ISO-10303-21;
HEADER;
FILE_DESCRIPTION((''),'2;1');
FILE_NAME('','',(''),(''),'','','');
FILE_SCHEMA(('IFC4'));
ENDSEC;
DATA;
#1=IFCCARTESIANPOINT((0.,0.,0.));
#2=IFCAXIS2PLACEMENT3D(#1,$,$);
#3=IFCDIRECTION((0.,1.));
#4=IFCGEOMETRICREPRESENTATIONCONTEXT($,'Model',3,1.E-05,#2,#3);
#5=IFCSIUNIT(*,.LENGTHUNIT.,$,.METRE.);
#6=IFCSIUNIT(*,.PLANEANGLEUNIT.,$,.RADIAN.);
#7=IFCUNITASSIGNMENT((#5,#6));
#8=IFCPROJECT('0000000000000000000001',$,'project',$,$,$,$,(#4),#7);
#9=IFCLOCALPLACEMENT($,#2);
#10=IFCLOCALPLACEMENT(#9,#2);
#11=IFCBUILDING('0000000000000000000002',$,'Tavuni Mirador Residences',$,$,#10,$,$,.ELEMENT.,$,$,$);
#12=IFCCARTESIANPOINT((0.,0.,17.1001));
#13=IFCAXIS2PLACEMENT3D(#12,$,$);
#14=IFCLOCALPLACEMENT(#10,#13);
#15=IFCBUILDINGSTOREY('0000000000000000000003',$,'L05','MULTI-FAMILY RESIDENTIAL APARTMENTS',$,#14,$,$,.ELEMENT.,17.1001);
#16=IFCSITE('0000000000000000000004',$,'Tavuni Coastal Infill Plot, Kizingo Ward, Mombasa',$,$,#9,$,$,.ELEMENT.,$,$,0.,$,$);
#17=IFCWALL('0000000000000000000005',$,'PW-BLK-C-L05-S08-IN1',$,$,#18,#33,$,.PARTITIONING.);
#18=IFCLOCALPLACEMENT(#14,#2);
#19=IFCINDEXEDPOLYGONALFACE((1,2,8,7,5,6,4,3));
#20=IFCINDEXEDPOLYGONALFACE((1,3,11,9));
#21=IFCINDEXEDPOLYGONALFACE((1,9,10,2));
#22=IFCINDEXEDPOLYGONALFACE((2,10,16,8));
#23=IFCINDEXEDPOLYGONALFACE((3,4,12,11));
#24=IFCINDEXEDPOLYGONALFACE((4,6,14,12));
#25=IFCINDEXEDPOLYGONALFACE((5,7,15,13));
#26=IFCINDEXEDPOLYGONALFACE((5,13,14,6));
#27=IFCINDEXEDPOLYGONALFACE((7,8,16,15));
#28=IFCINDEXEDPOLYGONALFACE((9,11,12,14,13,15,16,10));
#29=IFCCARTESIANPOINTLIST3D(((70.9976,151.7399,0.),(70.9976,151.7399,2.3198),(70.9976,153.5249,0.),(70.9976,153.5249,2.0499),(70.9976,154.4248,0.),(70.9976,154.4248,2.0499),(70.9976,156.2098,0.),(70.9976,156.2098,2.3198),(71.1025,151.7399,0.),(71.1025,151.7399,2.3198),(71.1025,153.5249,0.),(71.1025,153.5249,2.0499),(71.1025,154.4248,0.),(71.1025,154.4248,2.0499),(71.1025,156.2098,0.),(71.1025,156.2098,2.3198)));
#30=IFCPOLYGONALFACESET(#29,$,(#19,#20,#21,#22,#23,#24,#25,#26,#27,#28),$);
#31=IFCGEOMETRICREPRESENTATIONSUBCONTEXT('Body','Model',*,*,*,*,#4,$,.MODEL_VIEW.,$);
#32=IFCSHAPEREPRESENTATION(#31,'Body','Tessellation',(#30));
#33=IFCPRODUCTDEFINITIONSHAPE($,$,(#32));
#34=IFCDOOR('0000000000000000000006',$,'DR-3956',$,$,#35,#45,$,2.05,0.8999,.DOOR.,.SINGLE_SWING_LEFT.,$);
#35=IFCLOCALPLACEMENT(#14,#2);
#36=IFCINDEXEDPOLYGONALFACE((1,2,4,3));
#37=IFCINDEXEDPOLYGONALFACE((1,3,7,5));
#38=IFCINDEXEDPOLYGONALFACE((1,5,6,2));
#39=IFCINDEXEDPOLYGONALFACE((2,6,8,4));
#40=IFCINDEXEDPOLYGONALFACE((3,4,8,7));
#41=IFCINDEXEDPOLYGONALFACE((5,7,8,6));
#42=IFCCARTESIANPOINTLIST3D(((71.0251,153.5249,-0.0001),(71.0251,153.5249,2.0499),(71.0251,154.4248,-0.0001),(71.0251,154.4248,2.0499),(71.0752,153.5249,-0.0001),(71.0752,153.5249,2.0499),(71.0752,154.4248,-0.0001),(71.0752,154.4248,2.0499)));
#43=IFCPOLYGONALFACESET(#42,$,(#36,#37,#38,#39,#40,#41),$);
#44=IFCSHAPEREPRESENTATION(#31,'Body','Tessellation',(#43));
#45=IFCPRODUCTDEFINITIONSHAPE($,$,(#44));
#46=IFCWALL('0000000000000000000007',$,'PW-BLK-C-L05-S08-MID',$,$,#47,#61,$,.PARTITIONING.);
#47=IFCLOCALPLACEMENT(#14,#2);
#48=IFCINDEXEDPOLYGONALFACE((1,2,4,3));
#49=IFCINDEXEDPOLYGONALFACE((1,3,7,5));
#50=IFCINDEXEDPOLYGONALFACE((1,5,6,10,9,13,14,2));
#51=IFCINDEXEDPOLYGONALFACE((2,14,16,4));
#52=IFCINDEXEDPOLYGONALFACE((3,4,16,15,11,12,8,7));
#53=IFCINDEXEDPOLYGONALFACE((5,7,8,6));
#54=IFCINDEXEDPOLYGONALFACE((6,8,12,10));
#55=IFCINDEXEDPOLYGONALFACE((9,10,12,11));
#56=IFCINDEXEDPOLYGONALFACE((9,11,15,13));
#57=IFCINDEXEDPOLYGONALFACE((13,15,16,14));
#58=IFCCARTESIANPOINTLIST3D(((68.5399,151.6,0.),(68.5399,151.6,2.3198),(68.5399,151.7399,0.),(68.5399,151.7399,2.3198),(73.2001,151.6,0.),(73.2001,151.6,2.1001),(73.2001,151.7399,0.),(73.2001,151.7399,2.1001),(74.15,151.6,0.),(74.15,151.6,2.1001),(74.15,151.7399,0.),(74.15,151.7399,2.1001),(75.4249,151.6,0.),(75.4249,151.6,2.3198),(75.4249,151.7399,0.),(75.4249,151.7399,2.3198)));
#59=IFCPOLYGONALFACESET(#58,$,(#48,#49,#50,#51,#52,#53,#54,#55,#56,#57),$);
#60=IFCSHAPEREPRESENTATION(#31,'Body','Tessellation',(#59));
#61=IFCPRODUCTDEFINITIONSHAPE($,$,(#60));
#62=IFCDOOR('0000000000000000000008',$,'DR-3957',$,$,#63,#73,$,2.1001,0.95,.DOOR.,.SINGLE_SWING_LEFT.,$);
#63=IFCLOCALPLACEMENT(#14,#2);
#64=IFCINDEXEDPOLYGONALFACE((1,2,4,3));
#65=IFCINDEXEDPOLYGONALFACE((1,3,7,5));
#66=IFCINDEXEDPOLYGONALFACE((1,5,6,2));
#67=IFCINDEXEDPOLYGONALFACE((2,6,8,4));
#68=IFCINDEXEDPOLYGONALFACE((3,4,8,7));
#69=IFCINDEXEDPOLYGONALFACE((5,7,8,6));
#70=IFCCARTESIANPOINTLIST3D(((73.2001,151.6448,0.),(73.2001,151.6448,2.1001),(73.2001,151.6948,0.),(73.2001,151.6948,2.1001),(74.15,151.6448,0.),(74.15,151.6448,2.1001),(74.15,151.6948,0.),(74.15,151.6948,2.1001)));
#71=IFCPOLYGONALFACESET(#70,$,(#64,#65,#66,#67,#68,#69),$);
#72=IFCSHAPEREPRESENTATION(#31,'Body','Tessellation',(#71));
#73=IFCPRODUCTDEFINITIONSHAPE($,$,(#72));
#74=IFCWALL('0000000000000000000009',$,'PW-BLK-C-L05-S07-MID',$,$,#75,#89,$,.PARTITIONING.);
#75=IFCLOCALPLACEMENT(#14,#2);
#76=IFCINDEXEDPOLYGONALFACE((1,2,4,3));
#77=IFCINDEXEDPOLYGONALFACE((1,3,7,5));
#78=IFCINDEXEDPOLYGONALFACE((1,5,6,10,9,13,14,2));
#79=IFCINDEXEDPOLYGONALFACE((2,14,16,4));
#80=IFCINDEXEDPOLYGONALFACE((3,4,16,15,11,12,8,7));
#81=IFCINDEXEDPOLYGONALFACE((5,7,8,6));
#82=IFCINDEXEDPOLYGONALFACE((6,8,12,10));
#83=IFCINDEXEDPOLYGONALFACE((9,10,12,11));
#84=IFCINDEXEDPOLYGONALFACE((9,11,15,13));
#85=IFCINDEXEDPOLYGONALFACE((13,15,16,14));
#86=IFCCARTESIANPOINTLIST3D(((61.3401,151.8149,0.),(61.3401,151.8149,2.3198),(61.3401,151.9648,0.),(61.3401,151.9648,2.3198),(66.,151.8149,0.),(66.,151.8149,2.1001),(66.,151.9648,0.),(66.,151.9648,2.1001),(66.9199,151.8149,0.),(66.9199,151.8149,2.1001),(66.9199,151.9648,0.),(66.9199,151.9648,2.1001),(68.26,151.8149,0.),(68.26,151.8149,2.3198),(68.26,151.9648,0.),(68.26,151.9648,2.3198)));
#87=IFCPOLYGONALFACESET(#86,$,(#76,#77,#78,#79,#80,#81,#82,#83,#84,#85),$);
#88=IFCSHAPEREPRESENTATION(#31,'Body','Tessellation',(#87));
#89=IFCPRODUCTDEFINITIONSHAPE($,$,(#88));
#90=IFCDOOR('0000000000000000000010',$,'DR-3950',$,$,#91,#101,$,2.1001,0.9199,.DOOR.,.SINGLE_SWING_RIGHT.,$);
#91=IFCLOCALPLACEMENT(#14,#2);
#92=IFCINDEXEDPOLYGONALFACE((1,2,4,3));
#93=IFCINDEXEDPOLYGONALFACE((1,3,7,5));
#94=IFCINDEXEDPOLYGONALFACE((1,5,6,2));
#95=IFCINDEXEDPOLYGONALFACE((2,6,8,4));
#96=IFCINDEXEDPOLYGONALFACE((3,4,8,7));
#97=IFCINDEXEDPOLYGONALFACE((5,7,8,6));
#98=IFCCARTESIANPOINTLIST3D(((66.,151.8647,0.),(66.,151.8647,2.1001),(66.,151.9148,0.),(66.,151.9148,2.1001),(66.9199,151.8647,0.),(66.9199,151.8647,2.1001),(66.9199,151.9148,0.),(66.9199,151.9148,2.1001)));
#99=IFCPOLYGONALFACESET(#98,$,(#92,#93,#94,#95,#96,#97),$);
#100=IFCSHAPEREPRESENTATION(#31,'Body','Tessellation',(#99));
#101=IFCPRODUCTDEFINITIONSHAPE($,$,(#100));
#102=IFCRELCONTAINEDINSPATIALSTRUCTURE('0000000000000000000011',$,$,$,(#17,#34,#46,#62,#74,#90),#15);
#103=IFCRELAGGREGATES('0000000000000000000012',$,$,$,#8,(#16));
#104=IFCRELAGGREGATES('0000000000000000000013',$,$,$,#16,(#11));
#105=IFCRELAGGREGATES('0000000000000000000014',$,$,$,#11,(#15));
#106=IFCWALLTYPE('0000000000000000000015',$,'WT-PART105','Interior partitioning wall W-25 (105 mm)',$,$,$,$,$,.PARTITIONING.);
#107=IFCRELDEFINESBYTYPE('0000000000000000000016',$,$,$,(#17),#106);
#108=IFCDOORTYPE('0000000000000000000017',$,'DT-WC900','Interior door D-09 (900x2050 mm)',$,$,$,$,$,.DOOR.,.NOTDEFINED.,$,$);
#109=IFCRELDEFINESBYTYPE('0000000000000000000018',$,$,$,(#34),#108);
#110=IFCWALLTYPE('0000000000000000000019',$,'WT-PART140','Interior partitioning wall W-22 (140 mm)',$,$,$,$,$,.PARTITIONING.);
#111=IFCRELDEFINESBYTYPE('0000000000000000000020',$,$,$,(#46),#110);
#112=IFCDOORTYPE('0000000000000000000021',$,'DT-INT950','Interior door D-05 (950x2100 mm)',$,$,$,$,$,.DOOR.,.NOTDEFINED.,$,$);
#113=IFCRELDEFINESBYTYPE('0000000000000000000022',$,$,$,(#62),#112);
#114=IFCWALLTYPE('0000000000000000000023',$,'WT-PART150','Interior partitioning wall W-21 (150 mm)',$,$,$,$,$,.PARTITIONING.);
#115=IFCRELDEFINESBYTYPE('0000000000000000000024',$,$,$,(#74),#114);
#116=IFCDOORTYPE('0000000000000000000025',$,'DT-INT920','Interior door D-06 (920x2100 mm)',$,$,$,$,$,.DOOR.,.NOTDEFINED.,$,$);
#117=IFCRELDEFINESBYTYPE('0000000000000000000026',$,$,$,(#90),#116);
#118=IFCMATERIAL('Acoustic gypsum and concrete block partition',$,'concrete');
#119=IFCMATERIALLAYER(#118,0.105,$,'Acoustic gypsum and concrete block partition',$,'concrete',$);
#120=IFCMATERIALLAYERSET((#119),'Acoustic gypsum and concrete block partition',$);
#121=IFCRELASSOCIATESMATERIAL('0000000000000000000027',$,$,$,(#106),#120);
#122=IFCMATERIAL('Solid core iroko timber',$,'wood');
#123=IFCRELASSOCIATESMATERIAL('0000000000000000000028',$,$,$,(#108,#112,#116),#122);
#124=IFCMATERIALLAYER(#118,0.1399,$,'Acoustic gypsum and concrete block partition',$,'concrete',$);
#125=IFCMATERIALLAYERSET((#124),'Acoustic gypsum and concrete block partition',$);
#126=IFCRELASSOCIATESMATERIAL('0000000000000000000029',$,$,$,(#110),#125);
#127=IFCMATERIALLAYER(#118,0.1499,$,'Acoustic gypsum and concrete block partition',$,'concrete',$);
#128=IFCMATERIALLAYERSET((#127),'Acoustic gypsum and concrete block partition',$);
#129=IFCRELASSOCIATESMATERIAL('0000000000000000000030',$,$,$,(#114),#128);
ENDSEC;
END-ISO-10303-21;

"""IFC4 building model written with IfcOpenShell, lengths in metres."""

from ifc_helpers import new_model, si_unit, direction, frame, frame_2d, origin, place, context, subcontext, project, spatial, rectangle, extrude, material, layer, layer_set, type_object, element, fill, save


model = new_model("IFC4")

# Units and contexts
model_context = context("Model", 3, precision=1e-05, world=origin(), true_north=direction((0.0, 1.0)))
body_context = subcontext(model_context, "Body", "Model", "MODEL_VIEW")
ifc_project = project(units=[si_unit("LENGTHUNIT", "METRE"), si_unit("PLANEANGLEUNIT", "RADIAN")], contexts=[model_context])

# Site, building, storey
site_placement = place(None, origin())
site = spatial("IfcSite", under=ifc_project, at=site_placement, Name="Tavuni Coastal Infill Plot, Kizingo Ward, Mombasa", CompositionType="ELEMENT", RefElevation=0.0)
building_placement = place(site_placement, origin())
building = spatial("IfcBuilding", under=site, at=building_placement, Name="Tavuni Mirador Residences", CompositionType="ELEMENT")
storey_placement = place(building_placement, frame((0.0, 0.0, 17.1001)))
storey = spatial("IfcBuildingStorey", under=building, at=storey_placement, Name="L05", Description="MULTI-FAMILY RESIDENTIAL APARTMENTS", CompositionType="ELEMENT", Elevation=17.1001)

# Walls, openings, doors
ifc_material_1 = material(Name="Solid core iroko timber", Category="wood")
ifc_material_2 = material(Name="Acoustic gypsum and concrete block partition", Category="concrete")
ifc_layer_1 = layer(ifc_material_2, 0.105, Name="Acoustic gypsum and concrete block partition", Category="concrete")
ifc_layer_set_1 = layer_set([ifc_layer_1], Name="Acoustic gypsum and concrete block partition")
wall_type_1 = type_object("IfcWallType", Name="WT-PART105", Description="Interior partitioning wall W-25 (105 mm)", PredefinedType="PARTITIONING", material=ifc_layer_set_1)
wall_1_placement = place(storey_placement, frame((71.05, 151.74, 0.0), z_axis=(0.0, 0.0, 1.0), x_axis=(0.0, 1.0, 0.0)))
wall_1 = element("IfcWall", 1, at=wall_1_placement, inside=storey, type_object=wall_type_1, Name="PW-BLK-C-L05-S08-IN1", PredefinedType="PARTITIONING", context=body_context, shape_type="SweptSolid", body=[
    extrude(rectangle(XDim=4.47, YDim=0.105, at=frame_2d((2.2349, 0.0))), origin(), (0.0, 0.0, 1.0), 2.3198),
])
opening_1_placement = place(wall_1_placement, frame((1.7849, 0.0, 0.0)))
opening_1 = element("IfcOpeningElement", 2, at=opening_1_placement, cuts=wall_1, PredefinedType="OPENING", context=body_context, shape_type="SweptSolid", body=[
    extrude(rectangle(XDim=0.8999, YDim=2.05, at=frame_2d((0.45, 1.0249))), frame((0.0, 0.0625, 0.0), z_axis=(0.0, -1.0, 0.0), x_axis=(1.0, 0.0, 0.0)), (0.0, 0.0, 1.0), 0.125),
])
door_type_1 = type_object("IfcDoorType", Name="DT-WC900", Description="Interior door D-09 (900x2050 mm)", OperationType="NOTDEFINED", PredefinedType="DOOR", material=ifc_material_1)
door_1_placement = place(opening_1_placement, origin())
door_1 = element("IfcDoor", 3, at=door_1_placement, inside=storey, type_object=door_type_1, Name="DR-3956", OperationType="SINGLE_SWING_LEFT", OverallHeight=2.05, OverallWidth=0.8999, PredefinedType="DOOR", context=body_context, shape_type="SweptSolid", body=[
    extrude(rectangle(XDim=0.8999, YDim=2.05, at=frame_2d((0.45, 1.0249))), frame((0.0, 0.0249, 0.0), z_axis=(0.0, -1.0, 0.0), x_axis=(1.0, 0.0, 0.0)), (0.0, 0.0, 1.0), 0.05),
])
fill(opening_1, door_1)
ifc_layer_2 = layer(ifc_material_2, 0.1399, Name="Acoustic gypsum and concrete block partition", Category="concrete")
ifc_layer_set_2 = layer_set([ifc_layer_2], Name="Acoustic gypsum and concrete block partition")
wall_type_2 = type_object("IfcWallType", Name="WT-PART140", Description="Interior partitioning wall W-22 (140 mm)", PredefinedType="PARTITIONING", material=ifc_layer_set_2)
wall_2_placement = place(storey_placement, frame((68.54, 151.6699, 0.0), z_axis=(0.0, 0.0, 1.0), x_axis=(1.0, 0.0, 0.0)))
wall_2 = element("IfcWall", 4, at=wall_2_placement, inside=storey, type_object=wall_type_2, Name="PW-BLK-C-L05-S08-MID", PredefinedType="PARTITIONING", context=body_context, shape_type="SweptSolid", body=[
    extrude(rectangle(XDim=6.885, YDim=0.1399, at=frame_2d((3.4424, 0.0))), origin(), (0.0, 0.0, 1.0), 2.3198),
])
opening_2_placement = place(wall_2_placement, frame((4.6599, 0.0, 0.0)))
opening_2 = element("IfcOpeningElement", 5, at=opening_2_placement, cuts=wall_2, PredefinedType="OPENING", context=body_context, shape_type="SweptSolid", body=[
    extrude(rectangle(XDim=0.95, YDim=2.1001, at=frame_2d((0.4751, 1.05))), frame((0.0, 0.0801, 0.0), z_axis=(0.0, -1.0, 0.0), x_axis=(1.0, 0.0, 0.0)), (0.0, 0.0, 1.0), 0.1599),
])
door_type_2 = type_object("IfcDoorType", Name="DT-INT950", Description="Interior door D-05 (950x2100 mm)", OperationType="NOTDEFINED", PredefinedType="DOOR", material=ifc_material_1)
door_2_placement = place(opening_2_placement, origin())
door_2 = element("IfcDoor", 6, at=door_2_placement, inside=storey, type_object=door_type_2, Name="DR-3957", OperationType="SINGLE_SWING_LEFT", OverallHeight=2.1001, OverallWidth=0.95, PredefinedType="DOOR", context=body_context, shape_type="SweptSolid", body=[
    extrude(rectangle(XDim=0.95, YDim=2.1001, at=frame_2d((0.4751, 1.05))), frame((0.0, 0.0249, 0.0), z_axis=(0.0, -1.0, 0.0), x_axis=(1.0, 0.0, 0.0)), (0.0, 0.0, 1.0), 0.05),
])
fill(opening_2, door_2)
ifc_layer_3 = layer(ifc_material_2, 0.1499, Name="Acoustic gypsum and concrete block partition", Category="concrete")
ifc_layer_set_3 = layer_set([ifc_layer_3], Name="Acoustic gypsum and concrete block partition")
wall_type_3 = type_object("IfcWallType", Name="WT-PART150", Description="Interior partitioning wall W-21 (150 mm)", PredefinedType="PARTITIONING", material=ifc_layer_set_3)
wall_3_placement = place(storey_placement, frame((61.3401, 151.8899, 0.0), z_axis=(0.0, 0.0, 1.0), x_axis=(1.0, 0.0, 0.0)))
wall_3 = element("IfcWall", 7, at=wall_3_placement, inside=storey, type_object=wall_type_3, Name="PW-BLK-C-L05-S07-MID", PredefinedType="PARTITIONING", context=body_context, shape_type="SweptSolid", body=[
    extrude(rectangle(XDim=6.9199, YDim=0.1499, at=frame_2d((3.46, 0.0))), origin(), (0.0, 0.0, 1.0), 2.3198),
])
opening_3_placement = place(wall_3_placement, frame((4.6599, 0.0, 0.0)))
opening_3 = element("IfcOpeningElement", 8, at=opening_3_placement, cuts=wall_3, PredefinedType="OPENING", context=body_context, shape_type="SweptSolid", body=[
    extrude(rectangle(XDim=0.9199, YDim=2.1001, at=frame_2d((0.46, 1.05))), frame((0.0, 0.085, 0.0), z_axis=(0.0, -1.0, 0.0), x_axis=(1.0, 0.0, 0.0)), (0.0, 0.0, 1.0), 0.1699),
])
door_type_3 = type_object("IfcDoorType", Name="DT-INT920", Description="Interior door D-06 (920x2100 mm)", OperationType="NOTDEFINED", PredefinedType="DOOR", material=ifc_material_1)
door_3_placement = place(opening_3_placement, origin())
door_3 = element("IfcDoor", 9, at=door_3_placement, inside=storey, type_object=door_type_3, Name="DR-3950", OperationType="SINGLE_SWING_RIGHT", OverallHeight=2.1001, OverallWidth=0.9199, PredefinedType="DOOR", context=body_context, shape_type="SweptSolid", body=[
    extrude(rectangle(XDim=0.9199, YDim=2.1001, at=frame_2d((0.46, 1.05))), frame((0.0, 0.0249, 0.0), z_axis=(0.0, -1.0, 0.0), x_axis=(1.0, 0.0, 0.0)), (0.0, 0.0, 1.0), 0.05),
])
fill(opening_3, door_3)

save(model, "model.ifc")
